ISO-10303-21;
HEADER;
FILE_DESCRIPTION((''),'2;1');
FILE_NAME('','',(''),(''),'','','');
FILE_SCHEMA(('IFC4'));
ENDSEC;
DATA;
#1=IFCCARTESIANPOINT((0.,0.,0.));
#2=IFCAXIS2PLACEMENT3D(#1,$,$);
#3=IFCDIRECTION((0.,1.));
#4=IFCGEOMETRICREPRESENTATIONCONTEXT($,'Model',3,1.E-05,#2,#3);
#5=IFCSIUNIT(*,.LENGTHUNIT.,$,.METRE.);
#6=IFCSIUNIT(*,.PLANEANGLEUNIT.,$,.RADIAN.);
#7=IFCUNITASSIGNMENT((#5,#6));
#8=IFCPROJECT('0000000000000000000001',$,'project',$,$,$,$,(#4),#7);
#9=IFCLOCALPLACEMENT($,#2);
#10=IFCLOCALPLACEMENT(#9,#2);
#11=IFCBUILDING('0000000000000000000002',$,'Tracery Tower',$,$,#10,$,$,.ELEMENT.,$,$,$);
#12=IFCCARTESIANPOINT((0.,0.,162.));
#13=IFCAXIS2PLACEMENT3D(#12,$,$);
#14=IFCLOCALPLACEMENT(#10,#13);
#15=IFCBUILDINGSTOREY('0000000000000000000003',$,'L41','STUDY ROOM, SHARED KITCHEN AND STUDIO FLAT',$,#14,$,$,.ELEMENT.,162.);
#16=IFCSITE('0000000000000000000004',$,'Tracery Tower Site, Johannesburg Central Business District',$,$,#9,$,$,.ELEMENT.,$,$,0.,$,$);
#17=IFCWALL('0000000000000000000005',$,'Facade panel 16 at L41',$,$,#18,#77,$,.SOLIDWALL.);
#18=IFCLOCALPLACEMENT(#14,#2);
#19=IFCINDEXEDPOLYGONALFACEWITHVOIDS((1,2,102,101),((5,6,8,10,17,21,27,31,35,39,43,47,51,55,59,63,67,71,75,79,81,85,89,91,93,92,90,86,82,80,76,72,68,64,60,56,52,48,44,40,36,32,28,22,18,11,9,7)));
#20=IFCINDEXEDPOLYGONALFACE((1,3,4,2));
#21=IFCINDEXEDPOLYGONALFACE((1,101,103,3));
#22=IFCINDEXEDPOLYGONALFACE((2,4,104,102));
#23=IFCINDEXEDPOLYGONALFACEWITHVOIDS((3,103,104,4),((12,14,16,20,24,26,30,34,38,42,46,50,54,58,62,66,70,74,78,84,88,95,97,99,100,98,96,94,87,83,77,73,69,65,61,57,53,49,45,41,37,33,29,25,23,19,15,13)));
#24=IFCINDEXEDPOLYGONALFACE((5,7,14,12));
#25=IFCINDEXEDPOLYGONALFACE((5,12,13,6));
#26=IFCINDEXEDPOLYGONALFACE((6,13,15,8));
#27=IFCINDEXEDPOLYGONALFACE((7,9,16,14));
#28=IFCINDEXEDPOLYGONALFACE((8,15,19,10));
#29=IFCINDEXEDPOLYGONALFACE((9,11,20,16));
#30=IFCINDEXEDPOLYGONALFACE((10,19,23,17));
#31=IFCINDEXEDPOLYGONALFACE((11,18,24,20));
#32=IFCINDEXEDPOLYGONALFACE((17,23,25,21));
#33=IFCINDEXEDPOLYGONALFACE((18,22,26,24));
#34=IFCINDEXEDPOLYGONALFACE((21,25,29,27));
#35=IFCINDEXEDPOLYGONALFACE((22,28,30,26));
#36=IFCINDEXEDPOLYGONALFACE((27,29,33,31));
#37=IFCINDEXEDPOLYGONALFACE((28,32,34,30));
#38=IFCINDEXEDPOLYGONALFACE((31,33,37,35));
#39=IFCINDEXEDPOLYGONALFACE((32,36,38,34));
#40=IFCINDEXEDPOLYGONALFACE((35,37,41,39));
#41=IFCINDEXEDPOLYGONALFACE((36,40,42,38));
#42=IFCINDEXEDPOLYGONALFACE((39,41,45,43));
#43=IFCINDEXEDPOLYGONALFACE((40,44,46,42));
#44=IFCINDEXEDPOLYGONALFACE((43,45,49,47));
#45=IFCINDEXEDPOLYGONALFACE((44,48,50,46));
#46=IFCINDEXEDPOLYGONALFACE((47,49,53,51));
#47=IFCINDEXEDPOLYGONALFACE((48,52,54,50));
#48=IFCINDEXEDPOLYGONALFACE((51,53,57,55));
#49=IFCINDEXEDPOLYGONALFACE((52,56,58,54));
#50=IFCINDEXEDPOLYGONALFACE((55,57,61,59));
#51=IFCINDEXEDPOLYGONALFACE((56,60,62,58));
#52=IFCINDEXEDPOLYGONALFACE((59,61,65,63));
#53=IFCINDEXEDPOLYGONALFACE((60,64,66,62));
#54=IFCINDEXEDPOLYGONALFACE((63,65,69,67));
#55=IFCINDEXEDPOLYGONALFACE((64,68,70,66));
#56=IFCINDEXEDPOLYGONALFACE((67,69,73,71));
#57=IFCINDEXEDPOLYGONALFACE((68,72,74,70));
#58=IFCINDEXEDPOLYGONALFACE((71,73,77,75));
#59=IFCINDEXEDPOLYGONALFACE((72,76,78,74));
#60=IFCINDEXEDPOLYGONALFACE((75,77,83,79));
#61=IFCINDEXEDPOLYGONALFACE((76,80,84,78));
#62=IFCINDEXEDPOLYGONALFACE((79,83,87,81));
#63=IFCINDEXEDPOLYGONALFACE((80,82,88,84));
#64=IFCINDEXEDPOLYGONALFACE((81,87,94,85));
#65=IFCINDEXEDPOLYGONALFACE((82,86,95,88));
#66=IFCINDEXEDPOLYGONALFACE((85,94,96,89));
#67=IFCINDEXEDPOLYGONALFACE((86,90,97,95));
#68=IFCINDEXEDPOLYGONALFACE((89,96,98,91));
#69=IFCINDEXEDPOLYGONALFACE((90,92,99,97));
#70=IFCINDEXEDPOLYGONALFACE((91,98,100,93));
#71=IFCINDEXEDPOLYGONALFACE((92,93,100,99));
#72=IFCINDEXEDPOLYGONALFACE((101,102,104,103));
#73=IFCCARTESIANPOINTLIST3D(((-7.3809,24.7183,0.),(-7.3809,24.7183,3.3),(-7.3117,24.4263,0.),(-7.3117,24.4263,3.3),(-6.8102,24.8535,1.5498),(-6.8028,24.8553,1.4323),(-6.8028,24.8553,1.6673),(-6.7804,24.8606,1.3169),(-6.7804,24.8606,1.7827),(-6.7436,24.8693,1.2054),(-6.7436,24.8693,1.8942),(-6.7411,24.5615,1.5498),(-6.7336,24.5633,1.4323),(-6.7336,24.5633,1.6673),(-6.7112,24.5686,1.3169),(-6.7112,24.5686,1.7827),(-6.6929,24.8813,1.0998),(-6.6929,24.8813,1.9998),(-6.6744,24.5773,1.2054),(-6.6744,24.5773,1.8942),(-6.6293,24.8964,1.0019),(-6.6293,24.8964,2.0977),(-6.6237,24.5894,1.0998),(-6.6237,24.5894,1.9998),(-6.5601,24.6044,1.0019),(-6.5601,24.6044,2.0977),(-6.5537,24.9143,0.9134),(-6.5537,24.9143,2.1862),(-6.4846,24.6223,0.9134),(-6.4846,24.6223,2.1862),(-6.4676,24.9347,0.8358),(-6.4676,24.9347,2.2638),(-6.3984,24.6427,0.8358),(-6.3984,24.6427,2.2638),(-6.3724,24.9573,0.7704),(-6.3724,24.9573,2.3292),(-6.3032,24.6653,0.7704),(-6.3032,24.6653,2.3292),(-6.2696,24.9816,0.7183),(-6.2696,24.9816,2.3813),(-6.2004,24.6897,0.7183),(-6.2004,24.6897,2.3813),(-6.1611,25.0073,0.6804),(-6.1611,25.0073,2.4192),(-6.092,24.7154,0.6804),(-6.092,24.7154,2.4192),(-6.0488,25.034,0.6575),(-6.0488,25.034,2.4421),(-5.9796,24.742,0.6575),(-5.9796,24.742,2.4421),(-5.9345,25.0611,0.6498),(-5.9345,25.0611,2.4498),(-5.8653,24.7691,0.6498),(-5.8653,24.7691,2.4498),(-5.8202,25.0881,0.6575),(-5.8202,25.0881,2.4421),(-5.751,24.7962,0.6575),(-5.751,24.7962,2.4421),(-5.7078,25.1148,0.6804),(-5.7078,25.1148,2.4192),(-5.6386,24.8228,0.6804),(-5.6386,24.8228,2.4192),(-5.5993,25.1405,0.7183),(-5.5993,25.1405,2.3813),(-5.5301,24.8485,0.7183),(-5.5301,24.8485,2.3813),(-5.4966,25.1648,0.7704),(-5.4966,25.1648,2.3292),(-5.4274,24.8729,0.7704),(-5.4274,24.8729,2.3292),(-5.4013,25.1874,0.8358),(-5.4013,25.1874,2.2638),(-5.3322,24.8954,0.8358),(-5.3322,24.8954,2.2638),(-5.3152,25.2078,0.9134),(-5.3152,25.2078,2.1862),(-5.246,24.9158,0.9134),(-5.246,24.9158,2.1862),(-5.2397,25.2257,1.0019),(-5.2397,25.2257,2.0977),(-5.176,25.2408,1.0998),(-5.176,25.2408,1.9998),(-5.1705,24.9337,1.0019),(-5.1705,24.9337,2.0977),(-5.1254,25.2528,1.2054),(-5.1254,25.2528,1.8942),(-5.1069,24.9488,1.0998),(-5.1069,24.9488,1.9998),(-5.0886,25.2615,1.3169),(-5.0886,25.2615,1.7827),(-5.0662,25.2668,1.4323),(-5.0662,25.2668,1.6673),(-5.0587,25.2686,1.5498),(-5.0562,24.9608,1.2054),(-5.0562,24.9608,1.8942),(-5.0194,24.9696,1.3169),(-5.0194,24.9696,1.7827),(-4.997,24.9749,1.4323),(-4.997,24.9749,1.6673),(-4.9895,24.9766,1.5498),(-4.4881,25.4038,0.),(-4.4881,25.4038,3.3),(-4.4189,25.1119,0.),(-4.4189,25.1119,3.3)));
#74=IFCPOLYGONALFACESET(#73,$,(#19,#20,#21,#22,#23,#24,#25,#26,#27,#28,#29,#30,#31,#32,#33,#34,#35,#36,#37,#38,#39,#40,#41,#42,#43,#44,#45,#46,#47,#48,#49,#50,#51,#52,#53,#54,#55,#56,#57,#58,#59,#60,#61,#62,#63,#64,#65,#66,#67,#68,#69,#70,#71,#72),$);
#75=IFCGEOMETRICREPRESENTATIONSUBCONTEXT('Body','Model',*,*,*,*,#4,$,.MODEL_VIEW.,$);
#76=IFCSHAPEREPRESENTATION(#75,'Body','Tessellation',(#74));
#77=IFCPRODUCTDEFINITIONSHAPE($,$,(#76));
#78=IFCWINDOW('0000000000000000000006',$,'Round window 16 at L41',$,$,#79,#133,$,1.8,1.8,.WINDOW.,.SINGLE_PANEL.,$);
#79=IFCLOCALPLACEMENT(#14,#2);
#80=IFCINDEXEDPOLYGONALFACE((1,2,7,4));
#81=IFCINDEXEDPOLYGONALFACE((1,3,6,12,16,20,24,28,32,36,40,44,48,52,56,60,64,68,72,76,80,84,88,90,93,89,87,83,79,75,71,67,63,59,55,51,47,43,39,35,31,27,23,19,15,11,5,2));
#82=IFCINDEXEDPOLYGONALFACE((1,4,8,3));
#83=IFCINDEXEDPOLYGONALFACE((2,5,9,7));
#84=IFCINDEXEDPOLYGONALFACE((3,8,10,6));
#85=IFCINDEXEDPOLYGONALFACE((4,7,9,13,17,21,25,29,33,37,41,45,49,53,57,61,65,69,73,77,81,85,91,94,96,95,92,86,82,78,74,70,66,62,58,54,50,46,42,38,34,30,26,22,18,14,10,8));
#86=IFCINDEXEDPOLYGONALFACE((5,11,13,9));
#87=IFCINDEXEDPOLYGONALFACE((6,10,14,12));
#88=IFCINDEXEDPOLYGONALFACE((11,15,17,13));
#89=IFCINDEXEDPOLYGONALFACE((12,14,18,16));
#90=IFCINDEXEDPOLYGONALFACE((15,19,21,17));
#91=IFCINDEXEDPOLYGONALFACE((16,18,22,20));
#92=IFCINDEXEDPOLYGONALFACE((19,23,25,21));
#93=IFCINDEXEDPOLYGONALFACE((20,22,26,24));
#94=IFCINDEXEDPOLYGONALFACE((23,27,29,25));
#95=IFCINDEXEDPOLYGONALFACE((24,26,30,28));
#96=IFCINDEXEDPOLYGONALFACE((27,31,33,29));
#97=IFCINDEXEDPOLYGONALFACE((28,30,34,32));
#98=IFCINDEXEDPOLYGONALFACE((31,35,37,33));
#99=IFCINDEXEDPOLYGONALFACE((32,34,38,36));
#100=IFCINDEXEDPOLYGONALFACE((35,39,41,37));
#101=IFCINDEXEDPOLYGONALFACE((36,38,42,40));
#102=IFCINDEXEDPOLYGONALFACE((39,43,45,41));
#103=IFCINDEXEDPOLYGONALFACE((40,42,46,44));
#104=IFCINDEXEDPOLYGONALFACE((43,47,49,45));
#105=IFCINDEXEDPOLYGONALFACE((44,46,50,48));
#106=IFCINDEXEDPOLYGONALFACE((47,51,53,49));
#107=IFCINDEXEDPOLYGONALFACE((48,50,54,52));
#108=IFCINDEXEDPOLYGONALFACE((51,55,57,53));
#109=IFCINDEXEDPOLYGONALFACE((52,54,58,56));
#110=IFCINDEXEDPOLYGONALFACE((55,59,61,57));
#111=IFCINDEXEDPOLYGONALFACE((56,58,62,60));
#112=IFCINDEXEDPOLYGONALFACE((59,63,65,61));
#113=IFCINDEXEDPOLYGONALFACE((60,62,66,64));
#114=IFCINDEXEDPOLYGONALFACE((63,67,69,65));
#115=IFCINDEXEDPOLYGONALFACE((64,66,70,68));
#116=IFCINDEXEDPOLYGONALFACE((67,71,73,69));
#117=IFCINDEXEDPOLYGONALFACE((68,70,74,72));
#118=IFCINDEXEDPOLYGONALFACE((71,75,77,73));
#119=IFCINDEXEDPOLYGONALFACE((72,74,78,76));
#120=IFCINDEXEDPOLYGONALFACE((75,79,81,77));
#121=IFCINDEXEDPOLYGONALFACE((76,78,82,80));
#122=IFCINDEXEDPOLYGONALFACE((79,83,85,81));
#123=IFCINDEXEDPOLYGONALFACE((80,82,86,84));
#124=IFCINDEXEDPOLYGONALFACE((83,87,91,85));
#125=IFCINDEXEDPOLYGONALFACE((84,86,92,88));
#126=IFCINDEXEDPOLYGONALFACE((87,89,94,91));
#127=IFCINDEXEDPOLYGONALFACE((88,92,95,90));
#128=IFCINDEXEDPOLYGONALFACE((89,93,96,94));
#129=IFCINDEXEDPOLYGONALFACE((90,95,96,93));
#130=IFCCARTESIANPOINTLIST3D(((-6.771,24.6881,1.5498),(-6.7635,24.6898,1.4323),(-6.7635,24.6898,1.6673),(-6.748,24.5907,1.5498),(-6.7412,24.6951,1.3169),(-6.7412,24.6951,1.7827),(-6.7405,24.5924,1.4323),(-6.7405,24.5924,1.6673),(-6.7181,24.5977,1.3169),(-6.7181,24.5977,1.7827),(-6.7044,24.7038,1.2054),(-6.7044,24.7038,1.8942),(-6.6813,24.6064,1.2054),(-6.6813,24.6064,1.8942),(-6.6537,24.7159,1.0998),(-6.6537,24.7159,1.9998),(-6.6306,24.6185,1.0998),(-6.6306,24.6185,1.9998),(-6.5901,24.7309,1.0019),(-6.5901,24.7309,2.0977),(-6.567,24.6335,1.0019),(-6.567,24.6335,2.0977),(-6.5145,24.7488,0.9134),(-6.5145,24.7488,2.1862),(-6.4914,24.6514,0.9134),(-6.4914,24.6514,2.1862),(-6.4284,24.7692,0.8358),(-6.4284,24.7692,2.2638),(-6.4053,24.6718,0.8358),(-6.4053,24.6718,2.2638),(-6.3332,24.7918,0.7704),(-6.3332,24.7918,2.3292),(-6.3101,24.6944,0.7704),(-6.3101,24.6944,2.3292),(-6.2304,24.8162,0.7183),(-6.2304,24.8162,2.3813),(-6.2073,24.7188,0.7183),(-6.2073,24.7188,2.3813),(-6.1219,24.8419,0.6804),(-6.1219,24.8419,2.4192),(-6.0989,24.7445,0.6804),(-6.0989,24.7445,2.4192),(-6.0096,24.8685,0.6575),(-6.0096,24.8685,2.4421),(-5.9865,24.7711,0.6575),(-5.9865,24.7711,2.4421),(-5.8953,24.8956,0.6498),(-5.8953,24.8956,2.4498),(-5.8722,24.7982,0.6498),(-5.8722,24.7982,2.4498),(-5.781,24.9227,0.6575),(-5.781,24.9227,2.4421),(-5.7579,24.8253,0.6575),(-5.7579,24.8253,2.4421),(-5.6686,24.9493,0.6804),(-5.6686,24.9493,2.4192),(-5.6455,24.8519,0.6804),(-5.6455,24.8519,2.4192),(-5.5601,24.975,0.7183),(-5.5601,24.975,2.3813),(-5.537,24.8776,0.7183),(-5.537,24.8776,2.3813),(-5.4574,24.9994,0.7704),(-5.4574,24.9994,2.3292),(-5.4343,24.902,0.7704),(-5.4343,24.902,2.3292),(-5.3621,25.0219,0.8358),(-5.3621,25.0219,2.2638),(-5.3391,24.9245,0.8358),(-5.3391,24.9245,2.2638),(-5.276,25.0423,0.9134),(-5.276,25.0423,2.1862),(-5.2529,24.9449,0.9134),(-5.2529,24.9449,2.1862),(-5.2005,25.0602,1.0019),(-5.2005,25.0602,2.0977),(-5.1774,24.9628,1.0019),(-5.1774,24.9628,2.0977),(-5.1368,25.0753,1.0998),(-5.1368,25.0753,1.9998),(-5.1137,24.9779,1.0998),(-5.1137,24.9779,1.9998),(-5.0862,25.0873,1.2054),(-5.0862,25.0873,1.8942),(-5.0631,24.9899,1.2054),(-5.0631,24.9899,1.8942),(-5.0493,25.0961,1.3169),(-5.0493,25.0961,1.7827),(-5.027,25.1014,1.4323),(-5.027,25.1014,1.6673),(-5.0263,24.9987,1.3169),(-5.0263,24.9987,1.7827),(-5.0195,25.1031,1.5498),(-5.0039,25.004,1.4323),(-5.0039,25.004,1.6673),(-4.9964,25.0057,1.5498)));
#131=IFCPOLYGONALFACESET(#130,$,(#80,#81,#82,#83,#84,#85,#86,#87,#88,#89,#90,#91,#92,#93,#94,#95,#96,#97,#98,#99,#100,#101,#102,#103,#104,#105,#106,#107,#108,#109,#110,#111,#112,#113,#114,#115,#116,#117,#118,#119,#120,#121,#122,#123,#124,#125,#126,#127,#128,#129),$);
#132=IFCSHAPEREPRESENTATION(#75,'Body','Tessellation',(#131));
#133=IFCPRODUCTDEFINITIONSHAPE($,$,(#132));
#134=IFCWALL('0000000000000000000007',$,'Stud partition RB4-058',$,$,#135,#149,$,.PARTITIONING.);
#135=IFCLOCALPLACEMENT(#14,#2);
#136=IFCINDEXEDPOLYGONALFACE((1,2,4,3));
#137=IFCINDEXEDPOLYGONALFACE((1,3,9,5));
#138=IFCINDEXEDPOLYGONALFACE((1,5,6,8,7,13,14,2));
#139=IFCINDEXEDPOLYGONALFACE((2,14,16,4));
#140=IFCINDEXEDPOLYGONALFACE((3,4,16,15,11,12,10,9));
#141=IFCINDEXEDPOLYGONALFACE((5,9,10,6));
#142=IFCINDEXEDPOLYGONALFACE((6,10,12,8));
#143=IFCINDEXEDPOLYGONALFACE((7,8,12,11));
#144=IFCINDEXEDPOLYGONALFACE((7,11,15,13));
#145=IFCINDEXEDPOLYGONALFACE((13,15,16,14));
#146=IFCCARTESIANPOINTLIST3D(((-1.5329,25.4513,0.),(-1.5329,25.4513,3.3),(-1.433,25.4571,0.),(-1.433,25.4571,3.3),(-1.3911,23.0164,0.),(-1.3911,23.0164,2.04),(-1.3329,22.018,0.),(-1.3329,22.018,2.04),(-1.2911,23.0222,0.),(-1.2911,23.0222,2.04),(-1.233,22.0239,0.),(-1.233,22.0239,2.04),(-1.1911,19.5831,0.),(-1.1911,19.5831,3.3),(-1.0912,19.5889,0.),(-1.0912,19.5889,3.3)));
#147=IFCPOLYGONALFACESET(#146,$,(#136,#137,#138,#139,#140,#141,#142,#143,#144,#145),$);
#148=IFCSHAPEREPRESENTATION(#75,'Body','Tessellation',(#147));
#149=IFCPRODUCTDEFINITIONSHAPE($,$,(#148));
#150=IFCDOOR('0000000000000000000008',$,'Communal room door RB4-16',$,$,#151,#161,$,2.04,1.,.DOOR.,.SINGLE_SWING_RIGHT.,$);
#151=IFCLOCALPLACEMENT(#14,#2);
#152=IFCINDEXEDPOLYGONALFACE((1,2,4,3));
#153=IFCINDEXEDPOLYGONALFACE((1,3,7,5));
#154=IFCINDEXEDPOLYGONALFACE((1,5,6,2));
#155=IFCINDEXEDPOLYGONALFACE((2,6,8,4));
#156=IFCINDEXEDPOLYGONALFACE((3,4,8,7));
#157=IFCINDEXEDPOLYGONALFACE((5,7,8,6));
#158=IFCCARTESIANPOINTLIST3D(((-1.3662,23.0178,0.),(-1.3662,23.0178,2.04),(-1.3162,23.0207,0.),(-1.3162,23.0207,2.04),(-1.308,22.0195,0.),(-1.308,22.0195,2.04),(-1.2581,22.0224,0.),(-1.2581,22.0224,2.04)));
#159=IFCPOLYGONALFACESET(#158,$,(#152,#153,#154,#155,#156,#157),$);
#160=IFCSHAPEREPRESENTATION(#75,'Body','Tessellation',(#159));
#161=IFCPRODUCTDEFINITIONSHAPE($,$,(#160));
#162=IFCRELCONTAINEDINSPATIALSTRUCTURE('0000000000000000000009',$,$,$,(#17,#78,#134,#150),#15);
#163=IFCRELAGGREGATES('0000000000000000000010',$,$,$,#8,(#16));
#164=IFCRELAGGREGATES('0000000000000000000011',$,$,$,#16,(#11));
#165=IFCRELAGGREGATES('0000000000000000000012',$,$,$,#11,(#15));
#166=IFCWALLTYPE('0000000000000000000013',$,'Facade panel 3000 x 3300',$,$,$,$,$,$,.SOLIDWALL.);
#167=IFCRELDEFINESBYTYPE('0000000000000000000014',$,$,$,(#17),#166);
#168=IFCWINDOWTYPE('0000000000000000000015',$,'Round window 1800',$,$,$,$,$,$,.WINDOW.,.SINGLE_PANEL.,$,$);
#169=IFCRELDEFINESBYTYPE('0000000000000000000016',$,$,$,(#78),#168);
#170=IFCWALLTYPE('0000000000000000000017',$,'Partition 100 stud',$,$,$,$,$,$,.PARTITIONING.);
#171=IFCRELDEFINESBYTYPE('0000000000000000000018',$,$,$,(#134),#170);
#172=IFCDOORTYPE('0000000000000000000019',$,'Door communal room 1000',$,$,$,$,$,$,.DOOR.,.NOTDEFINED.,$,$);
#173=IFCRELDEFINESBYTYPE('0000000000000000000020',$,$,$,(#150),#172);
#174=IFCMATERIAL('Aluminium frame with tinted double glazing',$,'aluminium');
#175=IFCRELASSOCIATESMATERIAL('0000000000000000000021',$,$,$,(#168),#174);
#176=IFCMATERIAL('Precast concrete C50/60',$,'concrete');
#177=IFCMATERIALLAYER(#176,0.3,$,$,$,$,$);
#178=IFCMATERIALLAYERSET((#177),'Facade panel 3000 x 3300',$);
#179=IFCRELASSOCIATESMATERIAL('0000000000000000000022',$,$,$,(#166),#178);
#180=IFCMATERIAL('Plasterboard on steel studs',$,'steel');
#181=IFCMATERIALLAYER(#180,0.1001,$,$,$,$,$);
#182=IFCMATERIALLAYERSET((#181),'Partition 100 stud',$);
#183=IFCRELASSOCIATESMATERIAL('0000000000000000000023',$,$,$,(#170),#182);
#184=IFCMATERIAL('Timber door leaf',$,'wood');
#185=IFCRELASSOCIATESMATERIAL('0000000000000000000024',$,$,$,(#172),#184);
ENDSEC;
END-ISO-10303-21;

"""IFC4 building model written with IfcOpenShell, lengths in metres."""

from ifc_helpers import new_model, si_unit, direction, frame, frame_2d, origin, origin_2d, place, context, subcontext, project, spatial, rectangle, circle, extrude, material, layer, layer_set, type_object, element, fill, save


model = new_model("IFC4")

# Units and contexts
model_context = context("Model", 3, precision=1e-05, world=origin(), true_north=direction((0.0, 1.0)))
body_context = subcontext(model_context, "Body", "Model", "MODEL_VIEW")
ifc_project = project(units=[si_unit("LENGTHUNIT", "METRE"), si_unit("PLANEANGLEUNIT", "RADIAN")], contexts=[model_context])

# Site, building, storey
site_placement = place(None, origin())
site = spatial("IfcSite", under=ifc_project, at=site_placement, Name="Tracery Tower Site, Johannesburg Central Business District", CompositionType="ELEMENT", RefElevation=0.0)
building_placement = place(site_placement, origin())
building = spatial("IfcBuilding", under=site, at=building_placement, Name="Tracery Tower", CompositionType="ELEMENT")
storey_placement = place(building_placement, frame((0.0, 0.0, 162.0)))
storey = spatial("IfcBuildingStorey", under=building, at=storey_placement, Name="L41", Description="STUDY ROOM, SHARED KITCHEN AND STUDIO FLAT", CompositionType="ELEMENT", Elevation=162.0)

# Wall, opening, window
ifc_material_1 = material(Name="Aluminium frame with tinted double glazing", Category="aluminium")
window_type = type_object("IfcWindowType", Name="Round window 1800", PartitioningType="SINGLE_PANEL", PredefinedType="WINDOW", material=ifc_material_1)
ifc_material_2 = material(Name="Precast concrete C50/60", Category="concrete")
ifc_layer_1 = layer(ifc_material_2, 0.3)
ifc_layer_set_1 = layer_set([ifc_layer_1], Name="Facade panel 3000 x 3300")
wall_type_1 = type_object("IfcWallType", Name="Facade panel 3000 x 3300", PredefinedType="SOLIDWALL", material=ifc_layer_set_1)
wall_1_placement = place(storey_placement, frame((-4.4536, 25.2578, 0.0), z_axis=(0.0, 0.0, 1.0), x_axis=(-0.97305, -0.230595, 0.0)))
wall_1 = element("IfcWall", 1, at=wall_1_placement, inside=storey, type_object=wall_type_1, Name="Facade panel 16 at L41", PredefinedType="SOLIDWALL", context=body_context, shape_type="SweptSolid", body=[
    extrude(rectangle(XDim=2.9729, YDim=0.3, at=frame_2d((1.4863, 0.0))), origin(), (0.0, 0.0, 1.0), 3.3),
])
opening_1_placement = place(wall_1_placement, frame((1.4863, 0.0, 1.5498)))
opening_1 = element("IfcOpeningElement", 2, at=opening_1_placement, cuts=wall_1, PredefinedType="OPENING", context=body_context, shape_type="SweptSolid", body=[
    extrude(circle(Radius=0.9, at=origin_2d()), frame((0.0, 0.1599, 0.0), z_axis=(0.0, -1.0, 0.0), x_axis=(1.0, 0.0, 0.0)), (0.0, 0.0, 1.0), 0.3201),
])
window_1_placement = place(opening_1_placement, origin())
window_1 = element("IfcWindow", 3, at=window_1_placement, inside=storey, type_object=window_type, Name="Round window 16 at L41", OverallHeight=1.8, OverallWidth=1.8, PartitioningType="SINGLE_PANEL", PredefinedType="WINDOW", context=body_context, shape_type="SweptSolid", body=[
    extrude(circle(Radius=0.9, at=origin_2d()), frame((0.0, 0.1201, 0.0), z_axis=(0.0, -1.0, 0.0), x_axis=(1.0, 0.0, 0.0)), (0.0, 0.0, 1.0), 0.1001),
])
fill(opening_1, window_1)

# Wall, opening, door
ifc_material_3 = material(Name="Plasterboard on steel studs", Category="steel")
ifc_layer_2 = layer(ifc_material_3, 0.1001)
ifc_layer_set_2 = layer_set([ifc_layer_2], Name="Partition 100 stud")
wall_type_2 = type_object("IfcWallType", Name="Partition 100 stud", PredefinedType="PARTITIONING", material=ifc_layer_set_2)
wall_2_placement = place(storey_placement, frame((-1.4829, 25.4541, 0.0), z_axis=(0.0, 0.0, 1.0), x_axis=(0.058147, -0.998308, 0.0)))
wall_2 = element("IfcWall", 4, at=wall_2_placement, inside=storey, type_object=wall_type_2, Name="Stud partition RB4-058", PredefinedType="PARTITIONING", context=body_context, shape_type="SweptSolid", body=[
    extrude(rectangle(XDim=5.8782, YDim=0.1001, at=frame_2d((2.939, 0.0))), origin(), (0.0, 0.0, 1.0), 3.3),
])
opening_2_placement = place(wall_2_placement, frame((2.439, 0.0, 0.0)))
opening_2 = element("IfcOpeningElement", 5, at=opening_2_placement, cuts=wall_2, PredefinedType="OPENING", context=body_context, shape_type="SweptSolid", body=[
    extrude(rectangle(XDim=1.0, YDim=2.04, at=frame_2d((0.5, 1.02))), frame((0.0, 0.05, 0.0), z_axis=(0.0, -1.0, 0.0), x_axis=(1.0, 0.0, 0.0)), (0.0, 0.0, 1.0), 0.1001),
])
ifc_material_4 = material(Name="Timber door leaf", Category="wood")
door_type_1 = type_object("IfcDoorType", Name="Door communal room 1000", OperationType="NOTDEFINED", PredefinedType="DOOR", material=ifc_material_4)
door_1_placement = place(opening_2_placement, origin())
door_1 = element("IfcDoor", 6, at=door_1_placement, inside=storey, type_object=door_type_1, Name="Communal room door RB4-16", OperationType="SINGLE_SWING_RIGHT", OverallHeight=2.04, OverallWidth=1.0, PredefinedType="DOOR", context=body_context, shape_type="SweptSolid", body=[
    extrude(rectangle(XDim=1.0, YDim=2.04, at=frame_2d((0.5, 1.02))), frame((0.0, 0.0249, 0.0), z_axis=(0.0, -1.0, 0.0), x_axis=(1.0, 0.0, 0.0)), (0.0, 0.0, 1.0), 0.05),
])
fill(opening_2, door_1)

save(model, "model.ifc")
